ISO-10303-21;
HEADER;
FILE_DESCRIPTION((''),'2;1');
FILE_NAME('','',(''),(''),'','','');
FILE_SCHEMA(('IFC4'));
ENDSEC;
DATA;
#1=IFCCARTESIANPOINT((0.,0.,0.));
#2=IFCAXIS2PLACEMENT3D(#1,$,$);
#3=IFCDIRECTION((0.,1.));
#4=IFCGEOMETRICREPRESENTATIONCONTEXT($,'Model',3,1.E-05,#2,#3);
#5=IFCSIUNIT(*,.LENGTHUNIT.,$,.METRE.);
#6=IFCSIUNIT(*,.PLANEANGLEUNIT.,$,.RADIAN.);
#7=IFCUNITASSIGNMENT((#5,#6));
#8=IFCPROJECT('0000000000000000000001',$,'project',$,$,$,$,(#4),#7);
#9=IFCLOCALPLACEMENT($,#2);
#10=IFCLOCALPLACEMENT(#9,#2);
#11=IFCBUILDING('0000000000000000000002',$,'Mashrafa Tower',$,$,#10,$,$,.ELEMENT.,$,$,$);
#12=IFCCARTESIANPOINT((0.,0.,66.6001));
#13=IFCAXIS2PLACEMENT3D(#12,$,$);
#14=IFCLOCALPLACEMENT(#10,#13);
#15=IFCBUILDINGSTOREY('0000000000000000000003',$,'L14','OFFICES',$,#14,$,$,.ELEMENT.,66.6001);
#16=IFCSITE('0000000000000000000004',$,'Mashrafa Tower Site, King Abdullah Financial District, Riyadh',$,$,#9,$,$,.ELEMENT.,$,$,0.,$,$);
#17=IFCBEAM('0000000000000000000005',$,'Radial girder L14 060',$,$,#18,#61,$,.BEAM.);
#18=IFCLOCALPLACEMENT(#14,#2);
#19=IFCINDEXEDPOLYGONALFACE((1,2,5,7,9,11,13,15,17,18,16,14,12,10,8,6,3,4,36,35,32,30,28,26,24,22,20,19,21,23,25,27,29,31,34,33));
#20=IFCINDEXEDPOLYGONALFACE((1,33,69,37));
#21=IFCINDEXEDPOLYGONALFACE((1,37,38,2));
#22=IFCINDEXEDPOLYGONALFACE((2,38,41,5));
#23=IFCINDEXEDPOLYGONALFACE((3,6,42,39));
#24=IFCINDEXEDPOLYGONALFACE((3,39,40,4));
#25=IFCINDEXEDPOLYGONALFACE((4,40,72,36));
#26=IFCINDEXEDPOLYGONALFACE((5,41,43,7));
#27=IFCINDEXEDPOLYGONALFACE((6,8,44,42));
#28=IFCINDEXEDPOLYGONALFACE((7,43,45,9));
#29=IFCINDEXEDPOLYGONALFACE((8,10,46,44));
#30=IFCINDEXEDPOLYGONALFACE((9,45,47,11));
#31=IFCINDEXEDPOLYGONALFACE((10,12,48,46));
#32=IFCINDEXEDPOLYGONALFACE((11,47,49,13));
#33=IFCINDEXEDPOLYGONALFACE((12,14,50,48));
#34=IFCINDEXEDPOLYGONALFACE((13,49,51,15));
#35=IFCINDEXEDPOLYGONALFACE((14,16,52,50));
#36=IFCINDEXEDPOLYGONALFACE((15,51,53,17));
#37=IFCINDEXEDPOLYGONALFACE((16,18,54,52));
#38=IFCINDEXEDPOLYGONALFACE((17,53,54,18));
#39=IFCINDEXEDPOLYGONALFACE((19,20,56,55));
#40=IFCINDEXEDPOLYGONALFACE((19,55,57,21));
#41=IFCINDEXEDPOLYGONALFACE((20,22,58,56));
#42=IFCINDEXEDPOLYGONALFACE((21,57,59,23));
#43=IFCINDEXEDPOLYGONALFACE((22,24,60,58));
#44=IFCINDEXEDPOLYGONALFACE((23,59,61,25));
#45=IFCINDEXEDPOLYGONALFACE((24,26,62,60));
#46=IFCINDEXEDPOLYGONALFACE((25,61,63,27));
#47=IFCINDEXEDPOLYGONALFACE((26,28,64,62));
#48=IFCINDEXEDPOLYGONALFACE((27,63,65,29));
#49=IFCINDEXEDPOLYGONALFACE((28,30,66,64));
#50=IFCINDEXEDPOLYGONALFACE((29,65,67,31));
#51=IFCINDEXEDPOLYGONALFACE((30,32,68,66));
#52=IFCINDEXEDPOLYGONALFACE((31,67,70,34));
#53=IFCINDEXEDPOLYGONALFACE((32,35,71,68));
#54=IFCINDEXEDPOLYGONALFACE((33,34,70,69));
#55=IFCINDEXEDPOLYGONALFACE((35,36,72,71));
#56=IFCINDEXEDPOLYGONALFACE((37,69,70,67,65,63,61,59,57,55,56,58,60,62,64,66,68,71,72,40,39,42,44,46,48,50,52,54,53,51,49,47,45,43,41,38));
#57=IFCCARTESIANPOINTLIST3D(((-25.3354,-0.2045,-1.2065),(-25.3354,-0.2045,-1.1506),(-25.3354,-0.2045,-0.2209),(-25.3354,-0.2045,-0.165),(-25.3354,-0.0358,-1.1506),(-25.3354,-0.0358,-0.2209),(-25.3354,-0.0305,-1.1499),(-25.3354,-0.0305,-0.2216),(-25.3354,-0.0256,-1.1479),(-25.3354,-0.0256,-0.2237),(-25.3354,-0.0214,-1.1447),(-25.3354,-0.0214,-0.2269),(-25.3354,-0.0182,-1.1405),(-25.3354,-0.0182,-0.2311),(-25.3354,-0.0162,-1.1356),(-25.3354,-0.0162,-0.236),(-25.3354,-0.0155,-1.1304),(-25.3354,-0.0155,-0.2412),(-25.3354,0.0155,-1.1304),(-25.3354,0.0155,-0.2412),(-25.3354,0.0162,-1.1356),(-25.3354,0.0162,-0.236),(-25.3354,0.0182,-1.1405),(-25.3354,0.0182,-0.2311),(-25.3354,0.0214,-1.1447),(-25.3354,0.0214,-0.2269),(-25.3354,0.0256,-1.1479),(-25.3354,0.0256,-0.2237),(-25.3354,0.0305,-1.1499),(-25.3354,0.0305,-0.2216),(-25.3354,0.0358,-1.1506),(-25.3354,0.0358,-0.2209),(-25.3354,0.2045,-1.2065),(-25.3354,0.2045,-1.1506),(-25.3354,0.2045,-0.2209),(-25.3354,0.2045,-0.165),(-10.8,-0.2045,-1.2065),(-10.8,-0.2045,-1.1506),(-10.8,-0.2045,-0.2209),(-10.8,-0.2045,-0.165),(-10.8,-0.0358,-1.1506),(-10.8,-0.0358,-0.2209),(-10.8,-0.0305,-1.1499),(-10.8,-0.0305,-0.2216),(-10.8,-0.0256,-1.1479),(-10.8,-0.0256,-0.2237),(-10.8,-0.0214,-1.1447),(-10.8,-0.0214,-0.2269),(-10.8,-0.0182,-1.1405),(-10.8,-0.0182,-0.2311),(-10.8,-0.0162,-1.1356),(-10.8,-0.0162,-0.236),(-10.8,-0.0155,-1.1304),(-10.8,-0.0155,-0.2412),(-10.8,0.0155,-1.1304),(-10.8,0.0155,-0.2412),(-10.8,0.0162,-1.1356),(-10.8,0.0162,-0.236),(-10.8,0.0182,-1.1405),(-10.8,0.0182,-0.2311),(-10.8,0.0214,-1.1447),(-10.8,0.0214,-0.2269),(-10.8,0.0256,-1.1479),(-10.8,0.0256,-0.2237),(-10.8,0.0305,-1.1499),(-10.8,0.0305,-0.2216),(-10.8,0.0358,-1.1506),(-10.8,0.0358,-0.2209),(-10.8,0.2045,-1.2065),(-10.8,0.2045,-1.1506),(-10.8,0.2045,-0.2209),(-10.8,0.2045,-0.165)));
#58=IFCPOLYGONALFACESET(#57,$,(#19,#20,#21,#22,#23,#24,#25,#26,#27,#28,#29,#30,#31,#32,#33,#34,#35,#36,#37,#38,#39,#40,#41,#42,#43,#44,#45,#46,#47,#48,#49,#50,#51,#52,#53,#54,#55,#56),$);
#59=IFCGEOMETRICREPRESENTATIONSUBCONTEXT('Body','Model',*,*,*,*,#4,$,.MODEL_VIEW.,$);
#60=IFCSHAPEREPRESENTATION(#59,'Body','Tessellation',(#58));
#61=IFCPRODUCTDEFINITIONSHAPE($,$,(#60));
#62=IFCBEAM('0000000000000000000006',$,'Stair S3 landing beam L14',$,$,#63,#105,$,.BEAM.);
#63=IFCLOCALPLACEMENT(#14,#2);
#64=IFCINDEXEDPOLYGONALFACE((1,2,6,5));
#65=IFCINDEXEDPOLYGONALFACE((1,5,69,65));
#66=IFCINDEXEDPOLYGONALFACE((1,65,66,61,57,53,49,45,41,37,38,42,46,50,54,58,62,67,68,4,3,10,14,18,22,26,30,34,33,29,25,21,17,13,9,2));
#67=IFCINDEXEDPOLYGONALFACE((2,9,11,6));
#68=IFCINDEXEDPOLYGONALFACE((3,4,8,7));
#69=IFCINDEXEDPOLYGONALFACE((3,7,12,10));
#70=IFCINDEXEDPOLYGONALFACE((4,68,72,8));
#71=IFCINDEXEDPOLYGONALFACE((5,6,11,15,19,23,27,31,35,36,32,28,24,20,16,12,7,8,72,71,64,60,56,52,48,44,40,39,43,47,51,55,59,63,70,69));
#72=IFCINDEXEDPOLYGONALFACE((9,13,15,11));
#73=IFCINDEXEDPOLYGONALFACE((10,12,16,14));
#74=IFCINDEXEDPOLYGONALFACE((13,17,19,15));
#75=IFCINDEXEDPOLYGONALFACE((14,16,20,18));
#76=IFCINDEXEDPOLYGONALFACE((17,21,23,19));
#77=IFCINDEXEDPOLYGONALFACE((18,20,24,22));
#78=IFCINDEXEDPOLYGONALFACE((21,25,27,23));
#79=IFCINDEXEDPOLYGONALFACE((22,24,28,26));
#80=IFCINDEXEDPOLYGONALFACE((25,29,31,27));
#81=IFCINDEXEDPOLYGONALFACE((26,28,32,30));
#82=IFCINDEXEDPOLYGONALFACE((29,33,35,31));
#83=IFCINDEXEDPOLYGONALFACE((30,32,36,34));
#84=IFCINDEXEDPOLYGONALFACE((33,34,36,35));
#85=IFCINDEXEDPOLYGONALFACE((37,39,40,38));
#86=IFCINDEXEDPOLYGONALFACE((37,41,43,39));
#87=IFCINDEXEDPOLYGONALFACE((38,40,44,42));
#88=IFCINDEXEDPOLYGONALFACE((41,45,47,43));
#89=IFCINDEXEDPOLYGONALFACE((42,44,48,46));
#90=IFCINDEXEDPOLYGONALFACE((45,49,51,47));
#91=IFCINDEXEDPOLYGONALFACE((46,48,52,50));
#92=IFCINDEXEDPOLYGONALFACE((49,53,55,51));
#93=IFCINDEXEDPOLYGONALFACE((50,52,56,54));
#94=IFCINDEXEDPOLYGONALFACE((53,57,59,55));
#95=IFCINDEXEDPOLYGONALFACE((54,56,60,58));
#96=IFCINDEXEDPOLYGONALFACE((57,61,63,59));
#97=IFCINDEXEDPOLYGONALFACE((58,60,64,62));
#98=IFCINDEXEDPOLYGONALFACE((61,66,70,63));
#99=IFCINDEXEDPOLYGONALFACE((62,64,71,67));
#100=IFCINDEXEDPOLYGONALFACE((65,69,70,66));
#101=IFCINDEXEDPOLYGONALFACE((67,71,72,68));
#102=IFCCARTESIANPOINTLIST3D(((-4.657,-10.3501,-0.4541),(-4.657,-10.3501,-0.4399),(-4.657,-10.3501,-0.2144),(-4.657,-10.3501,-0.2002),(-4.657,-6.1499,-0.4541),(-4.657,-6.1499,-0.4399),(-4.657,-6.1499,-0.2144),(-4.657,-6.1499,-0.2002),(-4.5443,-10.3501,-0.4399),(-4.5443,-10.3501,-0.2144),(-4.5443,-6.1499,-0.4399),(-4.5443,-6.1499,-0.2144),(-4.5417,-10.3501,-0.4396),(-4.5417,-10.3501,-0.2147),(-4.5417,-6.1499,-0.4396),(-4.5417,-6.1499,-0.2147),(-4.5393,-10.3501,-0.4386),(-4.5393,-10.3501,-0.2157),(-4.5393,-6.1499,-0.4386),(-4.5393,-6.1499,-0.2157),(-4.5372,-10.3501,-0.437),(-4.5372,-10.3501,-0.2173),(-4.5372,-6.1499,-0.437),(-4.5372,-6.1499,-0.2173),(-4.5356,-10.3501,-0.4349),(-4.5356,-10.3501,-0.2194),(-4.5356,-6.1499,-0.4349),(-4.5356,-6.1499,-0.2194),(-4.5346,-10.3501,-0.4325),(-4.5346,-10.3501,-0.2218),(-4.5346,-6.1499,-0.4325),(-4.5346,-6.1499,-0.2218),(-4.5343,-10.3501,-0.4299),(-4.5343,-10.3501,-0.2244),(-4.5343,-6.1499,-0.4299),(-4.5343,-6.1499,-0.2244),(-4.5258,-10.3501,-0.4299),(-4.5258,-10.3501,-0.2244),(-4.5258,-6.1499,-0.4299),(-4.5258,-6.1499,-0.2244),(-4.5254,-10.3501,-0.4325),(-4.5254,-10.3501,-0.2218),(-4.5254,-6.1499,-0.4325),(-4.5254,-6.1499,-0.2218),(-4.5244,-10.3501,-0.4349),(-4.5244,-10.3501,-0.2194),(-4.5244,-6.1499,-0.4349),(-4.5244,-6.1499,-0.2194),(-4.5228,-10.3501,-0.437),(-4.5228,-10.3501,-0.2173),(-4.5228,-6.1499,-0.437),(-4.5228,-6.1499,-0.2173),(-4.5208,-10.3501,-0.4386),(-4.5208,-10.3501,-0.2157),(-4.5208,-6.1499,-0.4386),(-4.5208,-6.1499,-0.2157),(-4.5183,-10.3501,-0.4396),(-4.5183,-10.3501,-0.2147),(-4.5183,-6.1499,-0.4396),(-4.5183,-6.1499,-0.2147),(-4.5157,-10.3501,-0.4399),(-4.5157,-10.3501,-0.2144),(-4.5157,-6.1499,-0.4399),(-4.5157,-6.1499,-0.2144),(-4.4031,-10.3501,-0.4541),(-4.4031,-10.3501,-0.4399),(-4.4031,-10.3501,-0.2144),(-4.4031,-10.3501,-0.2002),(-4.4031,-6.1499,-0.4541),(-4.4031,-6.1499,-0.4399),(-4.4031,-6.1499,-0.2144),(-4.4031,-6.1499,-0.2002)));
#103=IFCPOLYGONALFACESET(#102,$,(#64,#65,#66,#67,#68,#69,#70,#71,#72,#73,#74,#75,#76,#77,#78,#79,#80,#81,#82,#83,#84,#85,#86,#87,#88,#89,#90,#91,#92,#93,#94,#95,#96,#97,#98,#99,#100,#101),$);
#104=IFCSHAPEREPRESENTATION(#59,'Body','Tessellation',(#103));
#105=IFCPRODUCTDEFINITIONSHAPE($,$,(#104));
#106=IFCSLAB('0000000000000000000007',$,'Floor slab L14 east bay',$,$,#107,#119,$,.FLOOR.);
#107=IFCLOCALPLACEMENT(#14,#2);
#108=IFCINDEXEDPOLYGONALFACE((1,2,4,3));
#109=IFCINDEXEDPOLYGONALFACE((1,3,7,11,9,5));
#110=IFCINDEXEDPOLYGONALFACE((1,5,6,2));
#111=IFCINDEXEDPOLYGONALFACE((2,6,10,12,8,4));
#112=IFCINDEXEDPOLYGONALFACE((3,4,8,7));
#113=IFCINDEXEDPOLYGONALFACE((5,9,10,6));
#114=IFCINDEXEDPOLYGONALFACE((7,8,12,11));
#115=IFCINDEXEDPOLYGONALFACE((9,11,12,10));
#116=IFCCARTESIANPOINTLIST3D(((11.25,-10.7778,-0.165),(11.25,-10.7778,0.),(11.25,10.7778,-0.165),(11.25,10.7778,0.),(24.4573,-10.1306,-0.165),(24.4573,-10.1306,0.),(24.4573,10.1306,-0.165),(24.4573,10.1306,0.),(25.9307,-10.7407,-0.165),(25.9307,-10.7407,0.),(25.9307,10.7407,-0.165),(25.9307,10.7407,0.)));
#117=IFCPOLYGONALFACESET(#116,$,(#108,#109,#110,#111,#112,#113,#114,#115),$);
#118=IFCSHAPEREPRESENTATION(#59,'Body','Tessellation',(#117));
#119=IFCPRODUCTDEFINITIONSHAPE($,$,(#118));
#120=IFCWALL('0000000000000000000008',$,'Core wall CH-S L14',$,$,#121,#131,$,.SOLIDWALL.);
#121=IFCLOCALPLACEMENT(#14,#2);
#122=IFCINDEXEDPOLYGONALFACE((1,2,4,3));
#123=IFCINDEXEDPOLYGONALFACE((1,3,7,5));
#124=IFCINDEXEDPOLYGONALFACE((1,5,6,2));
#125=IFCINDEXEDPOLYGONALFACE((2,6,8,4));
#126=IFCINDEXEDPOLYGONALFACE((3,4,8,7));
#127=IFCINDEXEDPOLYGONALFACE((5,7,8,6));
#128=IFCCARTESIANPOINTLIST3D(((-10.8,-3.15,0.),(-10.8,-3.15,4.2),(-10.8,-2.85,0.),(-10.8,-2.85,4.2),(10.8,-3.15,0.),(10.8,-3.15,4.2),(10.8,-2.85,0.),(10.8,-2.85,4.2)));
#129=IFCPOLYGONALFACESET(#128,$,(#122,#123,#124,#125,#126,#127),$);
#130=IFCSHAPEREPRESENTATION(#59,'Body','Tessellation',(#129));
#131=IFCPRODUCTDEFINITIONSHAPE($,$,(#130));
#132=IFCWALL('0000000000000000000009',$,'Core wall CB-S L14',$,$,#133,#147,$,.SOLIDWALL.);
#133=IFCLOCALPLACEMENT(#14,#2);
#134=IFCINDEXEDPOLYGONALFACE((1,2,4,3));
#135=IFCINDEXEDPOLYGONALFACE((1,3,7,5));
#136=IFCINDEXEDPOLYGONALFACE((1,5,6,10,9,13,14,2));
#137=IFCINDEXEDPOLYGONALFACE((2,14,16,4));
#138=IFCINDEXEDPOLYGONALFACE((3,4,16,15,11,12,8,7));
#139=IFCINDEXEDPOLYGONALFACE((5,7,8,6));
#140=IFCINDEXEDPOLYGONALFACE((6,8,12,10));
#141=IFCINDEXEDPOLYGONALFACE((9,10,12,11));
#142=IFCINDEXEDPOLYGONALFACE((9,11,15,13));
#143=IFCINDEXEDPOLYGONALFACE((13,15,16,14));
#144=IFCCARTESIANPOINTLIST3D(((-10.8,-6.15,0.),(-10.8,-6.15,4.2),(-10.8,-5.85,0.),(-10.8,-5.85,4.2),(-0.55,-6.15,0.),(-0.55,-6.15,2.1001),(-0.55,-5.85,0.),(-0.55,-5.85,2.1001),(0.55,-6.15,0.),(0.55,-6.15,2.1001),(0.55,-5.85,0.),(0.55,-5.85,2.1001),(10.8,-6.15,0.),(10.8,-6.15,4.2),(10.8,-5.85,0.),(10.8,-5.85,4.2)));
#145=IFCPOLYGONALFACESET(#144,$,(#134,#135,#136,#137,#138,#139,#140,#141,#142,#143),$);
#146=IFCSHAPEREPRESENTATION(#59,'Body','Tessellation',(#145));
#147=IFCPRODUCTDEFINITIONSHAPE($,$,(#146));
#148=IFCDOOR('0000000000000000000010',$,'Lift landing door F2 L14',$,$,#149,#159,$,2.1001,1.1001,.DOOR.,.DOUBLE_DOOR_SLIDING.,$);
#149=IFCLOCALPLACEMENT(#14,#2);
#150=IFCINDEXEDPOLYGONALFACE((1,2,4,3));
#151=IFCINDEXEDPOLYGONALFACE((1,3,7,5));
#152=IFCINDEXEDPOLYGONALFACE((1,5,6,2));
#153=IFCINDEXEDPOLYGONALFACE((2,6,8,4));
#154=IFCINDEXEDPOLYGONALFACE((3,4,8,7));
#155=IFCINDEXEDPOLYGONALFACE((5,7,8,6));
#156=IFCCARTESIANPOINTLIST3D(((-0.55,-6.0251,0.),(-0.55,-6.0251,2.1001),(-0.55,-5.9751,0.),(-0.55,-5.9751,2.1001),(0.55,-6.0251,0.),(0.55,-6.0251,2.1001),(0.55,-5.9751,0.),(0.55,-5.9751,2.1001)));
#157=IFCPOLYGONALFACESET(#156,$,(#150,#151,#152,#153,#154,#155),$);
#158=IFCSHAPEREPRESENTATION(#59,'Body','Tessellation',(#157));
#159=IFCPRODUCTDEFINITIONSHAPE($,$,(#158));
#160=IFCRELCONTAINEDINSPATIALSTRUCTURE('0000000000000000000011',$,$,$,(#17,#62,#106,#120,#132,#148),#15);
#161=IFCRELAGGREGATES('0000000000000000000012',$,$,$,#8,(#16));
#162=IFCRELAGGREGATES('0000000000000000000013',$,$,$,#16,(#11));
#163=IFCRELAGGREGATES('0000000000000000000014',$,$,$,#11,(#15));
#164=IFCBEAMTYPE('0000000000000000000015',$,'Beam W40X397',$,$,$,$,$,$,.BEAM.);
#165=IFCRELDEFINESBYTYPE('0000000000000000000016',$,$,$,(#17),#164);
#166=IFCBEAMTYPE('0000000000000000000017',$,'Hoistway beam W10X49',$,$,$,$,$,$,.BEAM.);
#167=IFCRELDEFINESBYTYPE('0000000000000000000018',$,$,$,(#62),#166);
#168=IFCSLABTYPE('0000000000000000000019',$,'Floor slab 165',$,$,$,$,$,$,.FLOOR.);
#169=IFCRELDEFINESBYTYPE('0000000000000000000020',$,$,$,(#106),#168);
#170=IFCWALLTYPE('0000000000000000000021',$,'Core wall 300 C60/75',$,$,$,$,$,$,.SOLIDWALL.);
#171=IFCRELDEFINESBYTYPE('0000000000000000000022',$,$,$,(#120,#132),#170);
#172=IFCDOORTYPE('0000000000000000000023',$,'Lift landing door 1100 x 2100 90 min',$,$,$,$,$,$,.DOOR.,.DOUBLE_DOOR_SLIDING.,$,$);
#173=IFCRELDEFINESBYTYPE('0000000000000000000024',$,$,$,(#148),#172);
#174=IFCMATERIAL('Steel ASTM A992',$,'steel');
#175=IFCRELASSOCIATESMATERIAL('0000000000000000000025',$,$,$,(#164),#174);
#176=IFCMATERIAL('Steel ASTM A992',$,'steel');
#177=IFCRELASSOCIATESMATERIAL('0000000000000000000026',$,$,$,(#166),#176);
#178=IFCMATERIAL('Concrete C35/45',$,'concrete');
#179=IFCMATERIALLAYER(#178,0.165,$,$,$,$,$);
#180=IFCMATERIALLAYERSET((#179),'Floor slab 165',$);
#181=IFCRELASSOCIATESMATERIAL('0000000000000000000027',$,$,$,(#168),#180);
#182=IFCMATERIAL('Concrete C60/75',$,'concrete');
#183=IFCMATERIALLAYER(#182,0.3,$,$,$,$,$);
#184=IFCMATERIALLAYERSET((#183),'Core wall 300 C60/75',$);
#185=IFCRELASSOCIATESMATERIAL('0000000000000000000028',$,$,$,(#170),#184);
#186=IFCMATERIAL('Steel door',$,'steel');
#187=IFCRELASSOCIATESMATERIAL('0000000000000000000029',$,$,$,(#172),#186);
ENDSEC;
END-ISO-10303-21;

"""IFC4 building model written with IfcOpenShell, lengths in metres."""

from ifc_helpers import new_model, si_unit, direction, frame, frame_2d, origin, origin_2d, place, context, subcontext, project, spatial, polyline, rectangle, i_section, outline, extrude, material, layer, layer_set, material_profile, profile_set, type_object, element, fill, save


model = new_model("IFC4")

# Units and contexts
model_context = context("Model", 3, precision=1e-05, world=origin(), true_north=direction((0.0, 1.0)))
body_context = subcontext(model_context, "Body", "Model", "MODEL_VIEW")
ifc_project = project(units=[si_unit("LENGTHUNIT", "METRE"), si_unit("PLANEANGLEUNIT", "RADIAN")], contexts=[model_context])

# Site, building, storey
site_placement = place(None, origin())
site = spatial("IfcSite", under=ifc_project, at=site_placement, Name="Mashrafa Tower Site, King Abdullah Financial District, Riyadh", CompositionType="ELEMENT", RefElevation=0.0)
building_placement = place(site_placement, origin())
building = spatial("IfcBuilding", under=site, at=building_placement, Name="Mashrafa Tower", CompositionType="ELEMENT")
storey_placement = place(building_placement, frame((0.0, 0.0, 66.6001)))
storey = spatial("IfcBuildingStorey", under=building, at=storey_placement, Name="L14", Description="OFFICES", CompositionType="ELEMENT", Elevation=66.6001)

# Beams
ifc_material_1 = material(Name="Steel ASTM A992", Category="steel")
ifc_material_profile_1 = material_profile(ifc_material_1, i_section(OverallWidth=0.4089, OverallDepth=1.0415, WebThickness=0.031, FlangeThickness=0.0559, FilletRadius=0.0203, at=origin_2d()), Name="W40X397")
ifc_profile_set_1 = profile_set([ifc_material_profile_1], Name="Steel ASTM A992")
beam_type_1 = type_object("IfcBeamType", Name="Beam W40X397", PredefinedType="BEAM", material=ifc_profile_set_1)
beam_1_placement = place(storey_placement, frame((-10.8, 0.0, -0.6858), z_axis=(-1.0, 0.0, 0.0), x_axis=(0.0, -1.0, 0.0)))
element("IfcBeam", 1, at=beam_1_placement, inside=storey, type_object=beam_type_1, Name="Radial girder L14 060", PredefinedType="BEAM", context=body_context, shape_type="SweptSolid", body=[
    extrude(i_section(OverallWidth=0.4089, OverallDepth=1.0415, WebThickness=0.031, FlangeThickness=0.0559, FilletRadius=0.0203, at=origin_2d()), origin(), (0.0, 0.0, 1.0), 14.5354),
])
ifc_material_2 = material(Name="Steel ASTM A992", Category="steel")
ifc_material_profile_2 = material_profile(ifc_material_2, i_section(OverallWidth=0.2539, OverallDepth=0.2539, WebThickness=0.0085, FlangeThickness=0.0142, FilletRadius=0.01, at=origin_2d()), Name="W10X49")
ifc_profile_set_2 = profile_set([ifc_material_profile_2], Name="Steel ASTM A992")
beam_type_2 = type_object("IfcBeamType", Name="Hoistway beam W10X49", PredefinedType="BEAM", material=ifc_profile_set_2)
beam_2_placement = place(storey_placement, frame((-4.53, -10.3501, -0.3271), z_axis=(0.0, 1.0, 0.0), x_axis=(-1.0, 0.0, 0.0)))
element("IfcBeam", 2, at=beam_2_placement, inside=storey, type_object=beam_type_2, Name="Stair S3 landing beam L14", PredefinedType="BEAM", context=body_context, shape_type="SweptSolid", body=[
    extrude(i_section(OverallWidth=0.2539, OverallDepth=0.2539, WebThickness=0.0085, FlangeThickness=0.0142, FilletRadius=0.01, at=origin_2d()), origin(), (0.0, 0.0, 1.0), 4.2002),
])

# Slab
ifc_material_3 = material(Name="Concrete C35/45", Category="concrete")
ifc_layer_1 = layer(ifc_material_3, 0.165)
ifc_layer_set_1 = layer_set([ifc_layer_1], Name="Floor slab 165")
slab_type = type_object("IfcSlabType", Name="Floor slab 165", PredefinedType="FLOOR", material=ifc_layer_set_1)
slab_placement = place(storey_placement, frame((0.0, 0.0, -0.165)))
element("IfcSlab", 3, at=slab_placement, inside=storey, type_object=slab_type, Name="Floor slab L14 east bay", PredefinedType="FLOOR", context=body_context, shape_type="SweptSolid", body=[
    extrude(outline(polyline([(25.9307, -10.7407), (24.4573, -10.1306), (11.25, -10.7778), (11.25, 10.7778), (24.4573, 10.1306), (25.9307, 10.7407), (25.9307, -10.7407)])), origin(), (0.0, 0.0, 1.0), 0.165),
])

# Wall
ifc_material_4 = material(Name="Concrete C60/75", Category="concrete")
ifc_layer_2 = layer(ifc_material_4, 0.3)
ifc_layer_set_2 = layer_set([ifc_layer_2], Name="Core wall 300 C60/75")
wall_type_1 = type_object("IfcWallType", Name="Core wall 300 C60/75", PredefinedType="SOLIDWALL", material=ifc_layer_set_2)
wall_1_placement = place(storey_placement, frame((-10.8, -3.0, 0.0), z_axis=(0.0, 0.0, 1.0), x_axis=(1.0, 0.0, 0.0)))
element("IfcWall", 4, at=wall_1_placement, inside=storey, type_object=wall_type_1, Name="Core wall CH-S L14", PredefinedType="SOLIDWALL", context=body_context, shape_type="SweptSolid", body=[
    extrude(rectangle(XDim=21.6001, YDim=0.3, at=frame_2d((10.8, 0.0))), origin(), (0.0, 0.0, 1.0), 4.2),
])

# Wall, opening, door
wall_2_placement = place(storey_placement, frame((-10.8, -6.0, 0.0), z_axis=(0.0, 0.0, 1.0), x_axis=(1.0, 0.0, 0.0)))
wall_2 = element("IfcWall", 5, at=wall_2_placement, inside=storey, type_object=wall_type_1, Name="Core wall CB-S L14", PredefinedType="SOLIDWALL", context=body_context, shape_type="SweptSolid", body=[
    extrude(rectangle(XDim=21.6001, YDim=0.3, at=frame_2d((10.8, 0.0))), origin(), (0.0, 0.0, 1.0), 4.2),
])
opening_1_placement = place(wall_2_placement, frame((10.25, 0.0, 0.0)))
opening_1 = element("IfcOpeningElement", 6, at=opening_1_placement, cuts=wall_2, PredefinedType="OPENING", context=body_context, shape_type="SweptSolid", body=[
    extrude(rectangle(XDim=1.1001, YDim=2.1001, at=frame_2d((0.55, 1.05))), frame((0.0, 0.1599, 0.0), z_axis=(0.0, -1.0, 0.0), x_axis=(1.0, 0.0, 0.0)), (0.0, 0.0, 1.0), 0.3201),
])
ifc_material_5 = material(Name="Steel door", Category="steel")
door_type_1 = type_object("IfcDoorType", Name="Lift landing door 1100 x 2100 90 min", OperationType="DOUBLE_DOOR_SLIDING", PredefinedType="DOOR", material=ifc_material_5)
door_1_placement = place(opening_1_placement, origin())
door_1 = element("IfcDoor", 7, at=door_1_placement, inside=storey, type_object=door_type_1, Name="Lift landing door F2 L14", OperationType="DOUBLE_DOOR_SLIDING", OverallHeight=2.1001, OverallWidth=1.1001, PredefinedType="DOOR", context=body_context, shape_type="SweptSolid", body=[
    extrude(rectangle(XDim=1.1001, YDim=2.1001, at=frame_2d((0.55, 1.05))), frame((0.0, 0.0249, 0.0), z_axis=(0.0, -1.0, 0.0), x_axis=(1.0, 0.0, 0.0)), (0.0, 0.0, 1.0), 0.05),
])
fill(opening_1, door_1)

save(model, "model.ifc")
